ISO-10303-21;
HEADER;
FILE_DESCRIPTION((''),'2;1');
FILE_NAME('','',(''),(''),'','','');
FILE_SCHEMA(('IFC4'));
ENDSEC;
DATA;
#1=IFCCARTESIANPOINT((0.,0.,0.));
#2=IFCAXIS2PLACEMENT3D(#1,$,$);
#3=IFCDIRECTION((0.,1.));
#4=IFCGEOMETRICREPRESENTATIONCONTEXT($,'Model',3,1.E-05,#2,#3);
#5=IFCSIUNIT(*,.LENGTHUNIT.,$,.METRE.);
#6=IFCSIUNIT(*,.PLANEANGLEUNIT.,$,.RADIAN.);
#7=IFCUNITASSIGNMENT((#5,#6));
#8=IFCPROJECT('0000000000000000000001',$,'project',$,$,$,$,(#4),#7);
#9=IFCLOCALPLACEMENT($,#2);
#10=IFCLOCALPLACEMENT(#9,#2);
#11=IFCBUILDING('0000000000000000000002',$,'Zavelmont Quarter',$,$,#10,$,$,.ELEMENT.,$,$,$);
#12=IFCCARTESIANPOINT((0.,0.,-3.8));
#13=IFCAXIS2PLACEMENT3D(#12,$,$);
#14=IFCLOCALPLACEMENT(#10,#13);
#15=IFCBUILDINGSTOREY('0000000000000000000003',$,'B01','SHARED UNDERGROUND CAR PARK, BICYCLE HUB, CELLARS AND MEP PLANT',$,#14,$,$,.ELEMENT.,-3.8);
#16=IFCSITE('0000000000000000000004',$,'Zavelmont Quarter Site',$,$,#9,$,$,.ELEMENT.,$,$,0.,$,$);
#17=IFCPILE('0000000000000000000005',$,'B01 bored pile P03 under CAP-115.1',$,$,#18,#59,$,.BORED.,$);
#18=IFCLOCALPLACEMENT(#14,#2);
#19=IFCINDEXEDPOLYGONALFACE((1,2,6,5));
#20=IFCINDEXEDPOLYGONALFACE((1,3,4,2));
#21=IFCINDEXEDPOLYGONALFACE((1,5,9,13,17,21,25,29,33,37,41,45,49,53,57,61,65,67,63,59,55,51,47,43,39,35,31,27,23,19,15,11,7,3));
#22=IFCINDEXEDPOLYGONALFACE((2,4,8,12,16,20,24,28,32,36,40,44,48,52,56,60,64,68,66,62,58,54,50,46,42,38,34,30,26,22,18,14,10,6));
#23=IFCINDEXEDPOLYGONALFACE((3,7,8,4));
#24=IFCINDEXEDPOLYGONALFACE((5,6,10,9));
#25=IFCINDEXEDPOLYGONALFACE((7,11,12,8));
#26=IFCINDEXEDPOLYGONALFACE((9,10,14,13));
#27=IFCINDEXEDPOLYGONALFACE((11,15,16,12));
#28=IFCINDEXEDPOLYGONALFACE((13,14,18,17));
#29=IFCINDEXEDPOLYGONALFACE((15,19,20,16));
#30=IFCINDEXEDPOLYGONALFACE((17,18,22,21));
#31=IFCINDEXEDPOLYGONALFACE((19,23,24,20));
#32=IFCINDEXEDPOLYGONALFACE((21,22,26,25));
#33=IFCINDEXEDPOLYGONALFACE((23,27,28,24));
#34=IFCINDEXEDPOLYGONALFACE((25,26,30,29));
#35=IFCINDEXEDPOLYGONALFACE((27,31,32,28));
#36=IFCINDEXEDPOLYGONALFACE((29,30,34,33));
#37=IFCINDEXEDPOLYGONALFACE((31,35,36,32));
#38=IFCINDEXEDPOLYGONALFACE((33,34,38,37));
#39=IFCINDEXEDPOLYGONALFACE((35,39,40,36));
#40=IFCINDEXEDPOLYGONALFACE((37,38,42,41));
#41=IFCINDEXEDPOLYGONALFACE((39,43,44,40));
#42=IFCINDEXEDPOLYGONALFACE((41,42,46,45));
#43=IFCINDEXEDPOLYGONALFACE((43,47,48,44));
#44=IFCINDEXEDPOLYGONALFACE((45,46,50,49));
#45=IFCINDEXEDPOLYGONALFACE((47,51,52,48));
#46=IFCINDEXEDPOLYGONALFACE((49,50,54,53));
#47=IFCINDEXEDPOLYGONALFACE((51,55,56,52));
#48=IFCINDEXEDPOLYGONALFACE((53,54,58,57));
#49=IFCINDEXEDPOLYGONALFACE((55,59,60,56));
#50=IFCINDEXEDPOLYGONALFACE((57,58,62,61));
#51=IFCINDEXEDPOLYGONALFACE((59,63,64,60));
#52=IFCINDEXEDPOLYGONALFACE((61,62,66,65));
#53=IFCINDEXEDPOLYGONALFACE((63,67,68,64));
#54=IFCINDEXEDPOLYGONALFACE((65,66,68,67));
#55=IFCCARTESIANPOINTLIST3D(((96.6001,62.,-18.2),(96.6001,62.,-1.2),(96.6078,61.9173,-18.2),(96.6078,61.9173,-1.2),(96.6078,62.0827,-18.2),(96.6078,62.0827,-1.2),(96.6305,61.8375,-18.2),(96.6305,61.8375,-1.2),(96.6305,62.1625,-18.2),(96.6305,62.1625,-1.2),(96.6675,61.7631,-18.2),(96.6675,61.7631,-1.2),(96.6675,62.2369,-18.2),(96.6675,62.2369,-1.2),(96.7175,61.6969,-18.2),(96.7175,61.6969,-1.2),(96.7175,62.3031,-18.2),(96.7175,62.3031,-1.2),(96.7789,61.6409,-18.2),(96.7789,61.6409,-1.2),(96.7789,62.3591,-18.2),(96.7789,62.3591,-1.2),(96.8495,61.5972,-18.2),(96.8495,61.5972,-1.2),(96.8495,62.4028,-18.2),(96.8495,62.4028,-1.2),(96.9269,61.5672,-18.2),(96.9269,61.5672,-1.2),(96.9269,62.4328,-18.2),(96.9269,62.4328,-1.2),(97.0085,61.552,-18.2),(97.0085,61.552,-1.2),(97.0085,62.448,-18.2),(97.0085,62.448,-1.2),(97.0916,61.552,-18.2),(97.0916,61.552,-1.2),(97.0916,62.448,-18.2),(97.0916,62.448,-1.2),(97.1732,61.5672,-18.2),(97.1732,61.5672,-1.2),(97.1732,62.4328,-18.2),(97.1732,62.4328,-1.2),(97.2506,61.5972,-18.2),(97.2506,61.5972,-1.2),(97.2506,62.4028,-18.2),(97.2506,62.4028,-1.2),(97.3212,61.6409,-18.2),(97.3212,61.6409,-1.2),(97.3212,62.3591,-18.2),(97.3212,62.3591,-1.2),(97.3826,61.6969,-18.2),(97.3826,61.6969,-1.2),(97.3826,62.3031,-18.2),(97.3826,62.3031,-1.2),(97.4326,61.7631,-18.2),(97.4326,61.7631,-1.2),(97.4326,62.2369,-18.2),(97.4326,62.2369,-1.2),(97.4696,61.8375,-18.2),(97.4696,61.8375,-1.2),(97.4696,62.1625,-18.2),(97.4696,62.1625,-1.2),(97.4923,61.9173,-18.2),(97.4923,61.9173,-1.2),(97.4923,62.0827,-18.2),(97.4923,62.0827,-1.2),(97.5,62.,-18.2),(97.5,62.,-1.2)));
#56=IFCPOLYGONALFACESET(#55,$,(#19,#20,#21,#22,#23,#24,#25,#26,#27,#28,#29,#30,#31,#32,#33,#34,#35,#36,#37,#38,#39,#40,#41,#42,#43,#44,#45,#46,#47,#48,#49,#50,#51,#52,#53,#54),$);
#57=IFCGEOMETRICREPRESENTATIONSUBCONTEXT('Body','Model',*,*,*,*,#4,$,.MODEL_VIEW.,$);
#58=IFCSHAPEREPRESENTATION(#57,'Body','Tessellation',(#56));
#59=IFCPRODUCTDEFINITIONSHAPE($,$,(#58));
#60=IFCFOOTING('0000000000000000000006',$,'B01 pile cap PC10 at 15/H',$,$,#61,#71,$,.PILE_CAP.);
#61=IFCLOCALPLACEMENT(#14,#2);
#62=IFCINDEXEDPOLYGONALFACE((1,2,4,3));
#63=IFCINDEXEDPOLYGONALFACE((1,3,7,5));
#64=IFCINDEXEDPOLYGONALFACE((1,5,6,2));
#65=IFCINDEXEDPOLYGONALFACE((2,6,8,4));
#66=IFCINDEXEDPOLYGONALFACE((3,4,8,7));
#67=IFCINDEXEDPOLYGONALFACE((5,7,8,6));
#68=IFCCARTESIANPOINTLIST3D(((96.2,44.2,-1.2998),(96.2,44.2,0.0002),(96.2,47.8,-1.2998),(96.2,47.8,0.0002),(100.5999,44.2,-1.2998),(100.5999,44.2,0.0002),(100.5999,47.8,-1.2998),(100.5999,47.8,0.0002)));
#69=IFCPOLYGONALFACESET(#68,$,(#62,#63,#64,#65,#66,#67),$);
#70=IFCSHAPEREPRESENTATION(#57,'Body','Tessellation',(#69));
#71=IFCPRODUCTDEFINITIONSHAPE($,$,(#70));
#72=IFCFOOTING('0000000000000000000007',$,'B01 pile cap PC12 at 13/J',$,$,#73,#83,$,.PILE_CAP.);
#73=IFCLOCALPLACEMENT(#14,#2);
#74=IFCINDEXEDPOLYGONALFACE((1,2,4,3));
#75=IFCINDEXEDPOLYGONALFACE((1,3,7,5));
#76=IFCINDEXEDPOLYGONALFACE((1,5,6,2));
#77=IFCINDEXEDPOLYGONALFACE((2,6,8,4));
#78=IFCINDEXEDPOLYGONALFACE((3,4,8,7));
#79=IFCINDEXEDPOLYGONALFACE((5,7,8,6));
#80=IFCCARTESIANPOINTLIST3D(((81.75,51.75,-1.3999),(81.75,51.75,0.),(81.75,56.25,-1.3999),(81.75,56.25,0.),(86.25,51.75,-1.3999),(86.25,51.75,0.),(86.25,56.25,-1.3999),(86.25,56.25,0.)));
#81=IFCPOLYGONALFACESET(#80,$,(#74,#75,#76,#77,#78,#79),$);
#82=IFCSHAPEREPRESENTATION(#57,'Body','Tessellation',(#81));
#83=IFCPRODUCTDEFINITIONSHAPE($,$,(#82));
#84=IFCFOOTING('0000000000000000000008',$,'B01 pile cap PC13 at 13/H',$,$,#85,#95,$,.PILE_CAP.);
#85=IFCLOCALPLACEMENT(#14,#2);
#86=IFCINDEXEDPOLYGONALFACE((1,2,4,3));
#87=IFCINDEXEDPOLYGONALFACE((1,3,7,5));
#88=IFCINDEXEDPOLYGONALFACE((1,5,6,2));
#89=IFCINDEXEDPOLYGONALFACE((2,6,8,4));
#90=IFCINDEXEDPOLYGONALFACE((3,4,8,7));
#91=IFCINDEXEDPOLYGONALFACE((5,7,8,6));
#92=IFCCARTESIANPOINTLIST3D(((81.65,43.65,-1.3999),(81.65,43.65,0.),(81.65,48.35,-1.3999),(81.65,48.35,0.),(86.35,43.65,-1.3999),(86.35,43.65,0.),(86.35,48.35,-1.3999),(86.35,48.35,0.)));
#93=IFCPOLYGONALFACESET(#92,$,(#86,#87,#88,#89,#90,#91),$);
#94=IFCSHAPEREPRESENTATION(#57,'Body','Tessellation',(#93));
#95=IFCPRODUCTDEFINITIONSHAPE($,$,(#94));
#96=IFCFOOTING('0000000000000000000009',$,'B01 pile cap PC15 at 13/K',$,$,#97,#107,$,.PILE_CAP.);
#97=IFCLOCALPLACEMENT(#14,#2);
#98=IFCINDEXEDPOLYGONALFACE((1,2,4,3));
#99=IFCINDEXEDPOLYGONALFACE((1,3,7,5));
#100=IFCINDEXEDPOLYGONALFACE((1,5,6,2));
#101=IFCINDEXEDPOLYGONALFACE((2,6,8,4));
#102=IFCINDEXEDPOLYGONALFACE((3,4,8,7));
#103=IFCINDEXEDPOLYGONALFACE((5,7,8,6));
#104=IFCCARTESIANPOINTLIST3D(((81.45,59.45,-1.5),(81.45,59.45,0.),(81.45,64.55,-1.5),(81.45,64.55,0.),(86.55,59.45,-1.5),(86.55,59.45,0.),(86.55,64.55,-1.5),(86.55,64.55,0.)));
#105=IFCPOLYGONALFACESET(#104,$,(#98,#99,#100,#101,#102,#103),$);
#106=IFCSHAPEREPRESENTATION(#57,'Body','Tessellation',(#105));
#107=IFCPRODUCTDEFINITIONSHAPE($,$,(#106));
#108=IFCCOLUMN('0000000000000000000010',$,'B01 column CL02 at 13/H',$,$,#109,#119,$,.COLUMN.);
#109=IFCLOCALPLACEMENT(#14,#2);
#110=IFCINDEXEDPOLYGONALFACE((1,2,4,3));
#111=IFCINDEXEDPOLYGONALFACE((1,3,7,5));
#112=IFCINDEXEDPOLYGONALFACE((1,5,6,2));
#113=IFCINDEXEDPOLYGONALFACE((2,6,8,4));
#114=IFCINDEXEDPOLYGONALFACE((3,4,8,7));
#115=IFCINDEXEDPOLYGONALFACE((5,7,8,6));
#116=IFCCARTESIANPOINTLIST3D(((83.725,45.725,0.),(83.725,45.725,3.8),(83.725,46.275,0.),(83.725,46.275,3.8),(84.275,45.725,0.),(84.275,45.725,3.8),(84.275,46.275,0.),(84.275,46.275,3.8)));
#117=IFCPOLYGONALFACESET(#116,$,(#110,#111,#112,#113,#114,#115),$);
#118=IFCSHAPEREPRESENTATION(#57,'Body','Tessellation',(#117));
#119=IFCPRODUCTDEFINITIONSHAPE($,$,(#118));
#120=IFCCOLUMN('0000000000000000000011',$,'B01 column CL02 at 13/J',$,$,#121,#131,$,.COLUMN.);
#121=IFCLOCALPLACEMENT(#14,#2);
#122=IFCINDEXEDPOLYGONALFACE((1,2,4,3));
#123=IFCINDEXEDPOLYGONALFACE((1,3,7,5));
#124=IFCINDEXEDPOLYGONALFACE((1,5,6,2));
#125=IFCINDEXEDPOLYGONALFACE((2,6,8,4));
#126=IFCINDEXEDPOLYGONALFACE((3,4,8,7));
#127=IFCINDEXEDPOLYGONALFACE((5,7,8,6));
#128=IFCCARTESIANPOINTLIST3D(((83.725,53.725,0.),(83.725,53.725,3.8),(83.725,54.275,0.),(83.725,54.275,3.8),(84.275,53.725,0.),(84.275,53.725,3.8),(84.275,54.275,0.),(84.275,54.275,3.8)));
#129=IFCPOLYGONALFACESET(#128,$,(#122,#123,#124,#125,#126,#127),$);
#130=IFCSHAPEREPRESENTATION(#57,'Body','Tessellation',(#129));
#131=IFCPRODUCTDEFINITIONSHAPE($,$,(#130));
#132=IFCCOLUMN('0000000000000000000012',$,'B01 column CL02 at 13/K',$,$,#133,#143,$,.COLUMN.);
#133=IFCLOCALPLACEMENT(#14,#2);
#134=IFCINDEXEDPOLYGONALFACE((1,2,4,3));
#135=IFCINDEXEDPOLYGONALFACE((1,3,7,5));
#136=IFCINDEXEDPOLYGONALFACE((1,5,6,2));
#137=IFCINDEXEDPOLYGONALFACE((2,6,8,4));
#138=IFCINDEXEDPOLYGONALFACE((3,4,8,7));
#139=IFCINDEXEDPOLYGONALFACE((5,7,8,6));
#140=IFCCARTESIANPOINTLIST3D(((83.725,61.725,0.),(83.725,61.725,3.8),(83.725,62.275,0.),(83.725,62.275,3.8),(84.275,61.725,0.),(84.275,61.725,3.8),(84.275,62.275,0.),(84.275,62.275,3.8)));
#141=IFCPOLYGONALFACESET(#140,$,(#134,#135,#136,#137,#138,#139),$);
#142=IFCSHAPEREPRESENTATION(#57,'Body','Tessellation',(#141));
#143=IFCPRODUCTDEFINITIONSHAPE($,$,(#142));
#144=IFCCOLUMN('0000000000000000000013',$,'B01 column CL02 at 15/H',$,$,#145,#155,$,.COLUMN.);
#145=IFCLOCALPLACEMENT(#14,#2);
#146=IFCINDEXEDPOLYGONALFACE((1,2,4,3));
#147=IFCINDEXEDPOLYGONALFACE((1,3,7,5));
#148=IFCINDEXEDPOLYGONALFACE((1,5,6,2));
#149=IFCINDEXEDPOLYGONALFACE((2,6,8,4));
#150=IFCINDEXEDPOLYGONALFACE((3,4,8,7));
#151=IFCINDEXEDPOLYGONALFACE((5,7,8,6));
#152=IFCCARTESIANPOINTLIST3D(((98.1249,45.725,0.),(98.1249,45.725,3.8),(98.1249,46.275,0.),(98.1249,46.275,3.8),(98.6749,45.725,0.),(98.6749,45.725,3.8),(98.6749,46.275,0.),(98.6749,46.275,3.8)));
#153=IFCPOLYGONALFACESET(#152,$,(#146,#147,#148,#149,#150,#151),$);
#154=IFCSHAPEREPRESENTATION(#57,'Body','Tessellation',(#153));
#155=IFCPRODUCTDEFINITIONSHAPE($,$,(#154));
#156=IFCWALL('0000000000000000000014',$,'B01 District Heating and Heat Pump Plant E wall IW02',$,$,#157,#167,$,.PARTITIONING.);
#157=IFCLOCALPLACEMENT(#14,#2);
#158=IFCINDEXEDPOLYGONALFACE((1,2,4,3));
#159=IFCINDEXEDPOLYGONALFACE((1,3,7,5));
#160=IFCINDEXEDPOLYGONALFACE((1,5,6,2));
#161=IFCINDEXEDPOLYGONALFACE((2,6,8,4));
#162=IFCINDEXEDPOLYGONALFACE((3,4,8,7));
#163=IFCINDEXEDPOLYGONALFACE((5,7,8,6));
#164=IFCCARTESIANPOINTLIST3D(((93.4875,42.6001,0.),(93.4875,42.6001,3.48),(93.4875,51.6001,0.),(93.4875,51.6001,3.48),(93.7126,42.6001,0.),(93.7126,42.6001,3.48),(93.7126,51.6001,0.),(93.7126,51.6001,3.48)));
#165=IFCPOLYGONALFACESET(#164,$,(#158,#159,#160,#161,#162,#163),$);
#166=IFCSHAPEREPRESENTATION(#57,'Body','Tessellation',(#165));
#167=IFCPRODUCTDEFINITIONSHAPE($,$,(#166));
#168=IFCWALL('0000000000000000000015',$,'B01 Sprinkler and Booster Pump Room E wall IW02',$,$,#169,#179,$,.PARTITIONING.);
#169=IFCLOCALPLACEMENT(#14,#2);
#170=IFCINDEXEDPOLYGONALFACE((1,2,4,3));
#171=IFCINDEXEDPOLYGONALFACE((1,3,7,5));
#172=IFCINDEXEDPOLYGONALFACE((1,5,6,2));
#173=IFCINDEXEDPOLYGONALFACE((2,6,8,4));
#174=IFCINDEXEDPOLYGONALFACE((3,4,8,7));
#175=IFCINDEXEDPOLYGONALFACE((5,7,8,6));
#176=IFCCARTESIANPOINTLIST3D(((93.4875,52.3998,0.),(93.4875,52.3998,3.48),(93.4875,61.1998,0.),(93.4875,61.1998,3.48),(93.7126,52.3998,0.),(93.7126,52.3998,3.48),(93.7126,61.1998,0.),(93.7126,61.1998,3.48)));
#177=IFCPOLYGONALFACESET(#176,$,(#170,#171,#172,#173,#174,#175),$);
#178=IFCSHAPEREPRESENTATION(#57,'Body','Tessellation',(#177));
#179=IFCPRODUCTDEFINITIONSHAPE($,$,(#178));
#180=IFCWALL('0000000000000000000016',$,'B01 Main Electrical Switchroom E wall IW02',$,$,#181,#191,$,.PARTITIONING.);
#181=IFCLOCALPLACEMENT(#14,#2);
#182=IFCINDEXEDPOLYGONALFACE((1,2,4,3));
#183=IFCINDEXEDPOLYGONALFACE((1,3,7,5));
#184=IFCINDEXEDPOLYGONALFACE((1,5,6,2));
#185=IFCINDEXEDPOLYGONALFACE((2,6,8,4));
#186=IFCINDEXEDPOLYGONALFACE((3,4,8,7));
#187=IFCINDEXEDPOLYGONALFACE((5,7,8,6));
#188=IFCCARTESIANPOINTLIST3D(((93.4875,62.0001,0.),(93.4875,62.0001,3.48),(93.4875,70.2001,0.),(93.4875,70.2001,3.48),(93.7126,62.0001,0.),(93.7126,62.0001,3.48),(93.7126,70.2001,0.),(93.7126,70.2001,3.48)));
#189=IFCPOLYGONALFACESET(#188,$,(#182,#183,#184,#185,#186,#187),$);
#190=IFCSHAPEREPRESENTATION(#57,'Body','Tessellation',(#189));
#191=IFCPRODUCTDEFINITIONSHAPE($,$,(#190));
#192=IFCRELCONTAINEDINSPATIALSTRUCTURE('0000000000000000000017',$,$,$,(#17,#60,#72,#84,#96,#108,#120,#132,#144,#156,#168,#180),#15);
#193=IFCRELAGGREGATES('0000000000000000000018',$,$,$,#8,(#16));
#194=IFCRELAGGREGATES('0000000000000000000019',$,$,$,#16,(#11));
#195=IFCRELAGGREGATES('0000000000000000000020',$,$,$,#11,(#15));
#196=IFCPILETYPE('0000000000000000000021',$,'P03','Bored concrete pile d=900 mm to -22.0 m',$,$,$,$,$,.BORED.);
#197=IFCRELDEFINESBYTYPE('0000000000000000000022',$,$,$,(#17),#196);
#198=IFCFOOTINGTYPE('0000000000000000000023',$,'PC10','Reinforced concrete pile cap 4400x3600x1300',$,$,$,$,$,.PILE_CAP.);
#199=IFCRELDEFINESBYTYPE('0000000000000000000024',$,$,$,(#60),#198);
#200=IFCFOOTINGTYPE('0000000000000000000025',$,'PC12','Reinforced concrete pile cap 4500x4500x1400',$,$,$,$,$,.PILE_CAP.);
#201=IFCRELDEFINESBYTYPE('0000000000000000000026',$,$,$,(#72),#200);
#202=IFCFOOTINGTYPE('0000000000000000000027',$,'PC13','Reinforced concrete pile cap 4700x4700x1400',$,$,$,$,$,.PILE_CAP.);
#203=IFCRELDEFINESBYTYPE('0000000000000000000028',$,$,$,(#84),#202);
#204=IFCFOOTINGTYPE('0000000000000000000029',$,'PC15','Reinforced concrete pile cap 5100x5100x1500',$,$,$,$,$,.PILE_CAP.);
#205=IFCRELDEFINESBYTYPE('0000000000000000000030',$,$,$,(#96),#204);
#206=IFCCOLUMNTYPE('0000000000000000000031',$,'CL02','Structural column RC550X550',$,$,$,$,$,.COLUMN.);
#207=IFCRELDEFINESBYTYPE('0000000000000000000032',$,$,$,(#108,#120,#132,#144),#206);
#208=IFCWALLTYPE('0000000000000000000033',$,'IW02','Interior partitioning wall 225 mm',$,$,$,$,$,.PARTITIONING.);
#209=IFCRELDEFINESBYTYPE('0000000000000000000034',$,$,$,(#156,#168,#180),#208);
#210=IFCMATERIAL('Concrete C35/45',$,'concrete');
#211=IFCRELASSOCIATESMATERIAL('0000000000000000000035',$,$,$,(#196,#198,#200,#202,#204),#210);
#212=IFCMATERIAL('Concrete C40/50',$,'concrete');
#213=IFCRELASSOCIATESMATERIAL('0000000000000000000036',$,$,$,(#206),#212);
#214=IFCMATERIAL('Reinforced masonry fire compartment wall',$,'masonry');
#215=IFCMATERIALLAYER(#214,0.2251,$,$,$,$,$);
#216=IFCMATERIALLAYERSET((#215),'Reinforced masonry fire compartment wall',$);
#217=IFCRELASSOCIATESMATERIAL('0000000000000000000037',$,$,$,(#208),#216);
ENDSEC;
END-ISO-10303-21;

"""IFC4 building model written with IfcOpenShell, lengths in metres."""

from ifc_helpers import new_model, si_unit, direction, frame, frame_2d, origin, origin_2d, place, context, subcontext, project, spatial, rectangle, circle, extrude, material, layer, layer_set, material_profile, profile_set, type_object, element, save


model = new_model("IFC4")

# Units and contexts
model_context = context("Model", 3, precision=1e-05, world=origin(), true_north=direction((0.0, 1.0)))
body_context = subcontext(model_context, "Body", "Model", "MODEL_VIEW")
ifc_project = project(units=[si_unit("LENGTHUNIT", "METRE"), si_unit("PLANEANGLEUNIT", "RADIAN")], contexts=[model_context])

# Site, building, storey
site_placement = place(None, origin())
site = spatial("IfcSite", under=ifc_project, at=site_placement, Name="Zavelmont Quarter Site", CompositionType="ELEMENT", RefElevation=0.0)
building_placement = place(site_placement, origin())
building = spatial("IfcBuilding", under=site, at=building_placement, Name="Zavelmont Quarter", CompositionType="ELEMENT")
storey_placement = place(building_placement, frame((0.0, 0.0, -3.8)))
storey = spatial("IfcBuildingStorey", under=building, at=storey_placement, Name="B01", Description="SHARED UNDERGROUND CAR PARK, BICYCLE HUB, CELLARS AND MEP PLANT", CompositionType="ELEMENT", Elevation=-3.8)

# Shared definitions
ifc_material_1 = material(Name="Concrete C35/45", Category="concrete")

# Pile
ifc_material_profile_1 = material_profile(ifc_material_1, circle(Radius=0.45, at=origin_2d()), Name="BP900")
ifc_profile_set_1 = profile_set([ifc_material_profile_1], Name="Concrete C35/45")
pile_type_1 = type_object("IfcPileType", Name="P03", Description="Bored concrete pile d=900 mm to -22.0 m", PredefinedType="BORED", material=ifc_profile_set_1)
for number, where, z_axis, x_axis, name in (
    (1, (97.05, 62.0, -1.2), (0.0, 0.0, -1.0), (1.0, 0.0, 0.0), "B01 bored pile P03 under CAP-115.1"),
):
    element("IfcPile", number, at=place(storey_placement, frame(where, z_axis=z_axis, x_axis=x_axis)), inside=storey, type_object=pile_type_1, Name=name, PredefinedType="BORED", context=body_context, shape_type="SweptSolid", body=[
        extrude(circle(Radius=0.45, at=origin_2d()), origin(), (0.0, 0.0, 1.0), 17.0),
    ])

# Footings
footing_type_1 = type_object("IfcFootingType", Name="PC10", Description="Reinforced concrete pile cap 4400x3600x1300", PredefinedType="PILE_CAP", material=ifc_material_1)
footing_1_placement = place(storey_placement, frame((98.3999, 46.0, -1.2998), z_axis=(0.0, 0.0, 1.0), x_axis=(1.0, 0.0, 0.0)))
element("IfcFooting", 2, at=footing_1_placement, inside=storey, type_object=footing_type_1, Name="B01 pile cap PC10 at 15/H", PredefinedType="PILE_CAP", context=body_context, shape_type="SweptSolid", body=[
    extrude(rectangle(XDim=4.3999, YDim=3.6001, at=origin_2d()), origin(), (0.0, 0.0, 1.0), 1.3),
])
footing_type_2 = type_object("IfcFootingType", Name="PC12", Description="Reinforced concrete pile cap 4500x4500x1400", PredefinedType="PILE_CAP", material=ifc_material_1)
footing_2_placement = place(storey_placement, frame((84.0, 54.0, -1.3999), z_axis=(0.0, 0.0, 1.0), x_axis=(1.0, 0.0, 0.0)))
element("IfcFooting", 3, at=footing_2_placement, inside=storey, type_object=footing_type_2, Name="B01 pile cap PC12 at 13/J", PredefinedType="PILE_CAP", context=body_context, shape_type="SweptSolid", body=[
    extrude(rectangle(XDim=4.5, YDim=4.5, at=origin_2d()), origin(), (0.0, 0.0, 1.0), 1.3999),
])
footing_type_3 = type_object("IfcFootingType", Name="PC13", Description="Reinforced concrete pile cap 4700x4700x1400", PredefinedType="PILE_CAP", material=ifc_material_1)
footing_3_placement = place(storey_placement, frame((84.0, 46.0, -1.3999), z_axis=(0.0, 0.0, 1.0), x_axis=(1.0, 0.0, 0.0)))
element("IfcFooting", 4, at=footing_3_placement, inside=storey, type_object=footing_type_3, Name="B01 pile cap PC13 at 13/H", PredefinedType="PILE_CAP", context=body_context, shape_type="SweptSolid", body=[
    extrude(rectangle(XDim=4.7, YDim=4.7, at=origin_2d()), origin(), (0.0, 0.0, 1.0), 1.3999),
])
footing_type_4 = type_object("IfcFootingType", Name="PC15", Description="Reinforced concrete pile cap 5100x5100x1500", PredefinedType="PILE_CAP", material=ifc_material_1)
footing_4_placement = place(storey_placement, frame((84.0, 62.0, -1.5), z_axis=(0.0, 0.0, 1.0), x_axis=(1.0, 0.0, 0.0)))
element("IfcFooting", 5, at=footing_4_placement, inside=storey, type_object=footing_type_4, Name="B01 pile cap PC15 at 13/K", PredefinedType="PILE_CAP", context=body_context, shape_type="SweptSolid", body=[
    extrude(rectangle(XDim=5.1001, YDim=5.1001, at=origin_2d()), origin(), (0.0, 0.0, 1.0), 1.5),
])

# Columns
ifc_material_2 = material(Name="Concrete C40/50", Category="concrete")
ifc_material_profile_2 = material_profile(ifc_material_2, rectangle(XDim=0.55, YDim=0.55, at=origin_2d()), Name="RC550X550")
ifc_profile_set_2 = profile_set([ifc_material_profile_2], Name="Concrete C40/50")
column_type = type_object("IfcColumnType", Name="CL02", Description="Structural column RC550X550", PredefinedType="COLUMN", material=ifc_profile_set_2)
for number, where, z_axis, x_axis, name in (
    (6, (84.0, 46.0, 0.0), (0.0, 0.0, 1.0), (1.0, 0.0, 0.0), "B01 column CL02 at 13/H"),
    (7, (84.0, 54.0, 0.0), (0.0, 0.0, 1.0), (1.0, 0.0, 0.0), "B01 column CL02 at 13/J"),
    (8, (84.0, 62.0, 0.0), (0.0, 0.0, 1.0), (1.0, 0.0, 0.0), "B01 column CL02 at 13/K"),
    (9, (98.3999, 46.0, 0.0), (0.0, 0.0, 1.0), (1.0, 0.0, 0.0), "B01 column CL02 at 15/H"),
):
    element("IfcColumn", number, at=place(storey_placement, frame(where, z_axis=z_axis, x_axis=x_axis)), inside=storey, type_object=column_type, Name=name, PredefinedType="COLUMN", context=body_context, shape_type="SweptSolid", body=[
        extrude(rectangle(XDim=0.55, YDim=0.55, at=origin_2d()), origin(), (0.0, 0.0, 1.0), 3.8),
    ])

# Walls
ifc_material_3 = material(Name="Reinforced masonry fire compartment wall", Category="masonry")
ifc_layer = layer(ifc_material_3, 0.2251)
ifc_layer_set = layer_set([ifc_layer], Name="Reinforced masonry fire compartment wall")
wall_type = type_object("IfcWallType", Name="IW02", Description="Interior partitioning wall 225 mm", PredefinedType="PARTITIONING", material=ifc_layer_set)
wall_1_placement = place(storey_placement, frame((93.6001, 42.6001, 0.0), z_axis=(0.0, 0.0, 1.0), x_axis=(0.0, 1.0, 0.0)))
element("IfcWall", 10, at=wall_1_placement, inside=storey, type_object=wall_type, Name="B01 District Heating and Heat Pump Plant E wall IW02", PredefinedType="PARTITIONING", context=body_context, shape_type="SweptSolid", body=[
    extrude(rectangle(XDim=9.0, YDim=0.2251, at=frame_2d((4.5, 0.0))), origin(), (0.0, 0.0, 1.0), 3.48),
])
wall_2_placement = place(storey_placement, frame((93.6001, 52.3999, 0.0), z_axis=(0.0, 0.0, 1.0), x_axis=(0.0, 1.0, 0.0)))
element("IfcWall", 11, at=wall_2_placement, inside=storey, type_object=wall_type, Name="B01 Sprinkler and Booster Pump Room E wall IW02", PredefinedType="PARTITIONING", context=body_context, shape_type="SweptSolid", body=[
    extrude(rectangle(XDim=8.8, YDim=0.2251, at=frame_2d((4.3999, 0.0))), origin(), (0.0, 0.0, 1.0), 3.48),
])
wall_3_placement = place(storey_placement, frame((93.6001, 62.0, 0.0), z_axis=(0.0, 0.0, 1.0), x_axis=(0.0, 1.0, 0.0)))
element("IfcWall", 12, at=wall_3_placement, inside=storey, type_object=wall_type, Name="B01 Main Electrical Switchroom E wall IW02", PredefinedType="PARTITIONING", context=body_context, shape_type="SweptSolid", body=[
    extrude(rectangle(XDim=8.2, YDim=0.2251, at=frame_2d((4.1001, 0.0))), origin(), (0.0, 0.0, 1.0), 3.48),
])

save(model, "model.ifc")
